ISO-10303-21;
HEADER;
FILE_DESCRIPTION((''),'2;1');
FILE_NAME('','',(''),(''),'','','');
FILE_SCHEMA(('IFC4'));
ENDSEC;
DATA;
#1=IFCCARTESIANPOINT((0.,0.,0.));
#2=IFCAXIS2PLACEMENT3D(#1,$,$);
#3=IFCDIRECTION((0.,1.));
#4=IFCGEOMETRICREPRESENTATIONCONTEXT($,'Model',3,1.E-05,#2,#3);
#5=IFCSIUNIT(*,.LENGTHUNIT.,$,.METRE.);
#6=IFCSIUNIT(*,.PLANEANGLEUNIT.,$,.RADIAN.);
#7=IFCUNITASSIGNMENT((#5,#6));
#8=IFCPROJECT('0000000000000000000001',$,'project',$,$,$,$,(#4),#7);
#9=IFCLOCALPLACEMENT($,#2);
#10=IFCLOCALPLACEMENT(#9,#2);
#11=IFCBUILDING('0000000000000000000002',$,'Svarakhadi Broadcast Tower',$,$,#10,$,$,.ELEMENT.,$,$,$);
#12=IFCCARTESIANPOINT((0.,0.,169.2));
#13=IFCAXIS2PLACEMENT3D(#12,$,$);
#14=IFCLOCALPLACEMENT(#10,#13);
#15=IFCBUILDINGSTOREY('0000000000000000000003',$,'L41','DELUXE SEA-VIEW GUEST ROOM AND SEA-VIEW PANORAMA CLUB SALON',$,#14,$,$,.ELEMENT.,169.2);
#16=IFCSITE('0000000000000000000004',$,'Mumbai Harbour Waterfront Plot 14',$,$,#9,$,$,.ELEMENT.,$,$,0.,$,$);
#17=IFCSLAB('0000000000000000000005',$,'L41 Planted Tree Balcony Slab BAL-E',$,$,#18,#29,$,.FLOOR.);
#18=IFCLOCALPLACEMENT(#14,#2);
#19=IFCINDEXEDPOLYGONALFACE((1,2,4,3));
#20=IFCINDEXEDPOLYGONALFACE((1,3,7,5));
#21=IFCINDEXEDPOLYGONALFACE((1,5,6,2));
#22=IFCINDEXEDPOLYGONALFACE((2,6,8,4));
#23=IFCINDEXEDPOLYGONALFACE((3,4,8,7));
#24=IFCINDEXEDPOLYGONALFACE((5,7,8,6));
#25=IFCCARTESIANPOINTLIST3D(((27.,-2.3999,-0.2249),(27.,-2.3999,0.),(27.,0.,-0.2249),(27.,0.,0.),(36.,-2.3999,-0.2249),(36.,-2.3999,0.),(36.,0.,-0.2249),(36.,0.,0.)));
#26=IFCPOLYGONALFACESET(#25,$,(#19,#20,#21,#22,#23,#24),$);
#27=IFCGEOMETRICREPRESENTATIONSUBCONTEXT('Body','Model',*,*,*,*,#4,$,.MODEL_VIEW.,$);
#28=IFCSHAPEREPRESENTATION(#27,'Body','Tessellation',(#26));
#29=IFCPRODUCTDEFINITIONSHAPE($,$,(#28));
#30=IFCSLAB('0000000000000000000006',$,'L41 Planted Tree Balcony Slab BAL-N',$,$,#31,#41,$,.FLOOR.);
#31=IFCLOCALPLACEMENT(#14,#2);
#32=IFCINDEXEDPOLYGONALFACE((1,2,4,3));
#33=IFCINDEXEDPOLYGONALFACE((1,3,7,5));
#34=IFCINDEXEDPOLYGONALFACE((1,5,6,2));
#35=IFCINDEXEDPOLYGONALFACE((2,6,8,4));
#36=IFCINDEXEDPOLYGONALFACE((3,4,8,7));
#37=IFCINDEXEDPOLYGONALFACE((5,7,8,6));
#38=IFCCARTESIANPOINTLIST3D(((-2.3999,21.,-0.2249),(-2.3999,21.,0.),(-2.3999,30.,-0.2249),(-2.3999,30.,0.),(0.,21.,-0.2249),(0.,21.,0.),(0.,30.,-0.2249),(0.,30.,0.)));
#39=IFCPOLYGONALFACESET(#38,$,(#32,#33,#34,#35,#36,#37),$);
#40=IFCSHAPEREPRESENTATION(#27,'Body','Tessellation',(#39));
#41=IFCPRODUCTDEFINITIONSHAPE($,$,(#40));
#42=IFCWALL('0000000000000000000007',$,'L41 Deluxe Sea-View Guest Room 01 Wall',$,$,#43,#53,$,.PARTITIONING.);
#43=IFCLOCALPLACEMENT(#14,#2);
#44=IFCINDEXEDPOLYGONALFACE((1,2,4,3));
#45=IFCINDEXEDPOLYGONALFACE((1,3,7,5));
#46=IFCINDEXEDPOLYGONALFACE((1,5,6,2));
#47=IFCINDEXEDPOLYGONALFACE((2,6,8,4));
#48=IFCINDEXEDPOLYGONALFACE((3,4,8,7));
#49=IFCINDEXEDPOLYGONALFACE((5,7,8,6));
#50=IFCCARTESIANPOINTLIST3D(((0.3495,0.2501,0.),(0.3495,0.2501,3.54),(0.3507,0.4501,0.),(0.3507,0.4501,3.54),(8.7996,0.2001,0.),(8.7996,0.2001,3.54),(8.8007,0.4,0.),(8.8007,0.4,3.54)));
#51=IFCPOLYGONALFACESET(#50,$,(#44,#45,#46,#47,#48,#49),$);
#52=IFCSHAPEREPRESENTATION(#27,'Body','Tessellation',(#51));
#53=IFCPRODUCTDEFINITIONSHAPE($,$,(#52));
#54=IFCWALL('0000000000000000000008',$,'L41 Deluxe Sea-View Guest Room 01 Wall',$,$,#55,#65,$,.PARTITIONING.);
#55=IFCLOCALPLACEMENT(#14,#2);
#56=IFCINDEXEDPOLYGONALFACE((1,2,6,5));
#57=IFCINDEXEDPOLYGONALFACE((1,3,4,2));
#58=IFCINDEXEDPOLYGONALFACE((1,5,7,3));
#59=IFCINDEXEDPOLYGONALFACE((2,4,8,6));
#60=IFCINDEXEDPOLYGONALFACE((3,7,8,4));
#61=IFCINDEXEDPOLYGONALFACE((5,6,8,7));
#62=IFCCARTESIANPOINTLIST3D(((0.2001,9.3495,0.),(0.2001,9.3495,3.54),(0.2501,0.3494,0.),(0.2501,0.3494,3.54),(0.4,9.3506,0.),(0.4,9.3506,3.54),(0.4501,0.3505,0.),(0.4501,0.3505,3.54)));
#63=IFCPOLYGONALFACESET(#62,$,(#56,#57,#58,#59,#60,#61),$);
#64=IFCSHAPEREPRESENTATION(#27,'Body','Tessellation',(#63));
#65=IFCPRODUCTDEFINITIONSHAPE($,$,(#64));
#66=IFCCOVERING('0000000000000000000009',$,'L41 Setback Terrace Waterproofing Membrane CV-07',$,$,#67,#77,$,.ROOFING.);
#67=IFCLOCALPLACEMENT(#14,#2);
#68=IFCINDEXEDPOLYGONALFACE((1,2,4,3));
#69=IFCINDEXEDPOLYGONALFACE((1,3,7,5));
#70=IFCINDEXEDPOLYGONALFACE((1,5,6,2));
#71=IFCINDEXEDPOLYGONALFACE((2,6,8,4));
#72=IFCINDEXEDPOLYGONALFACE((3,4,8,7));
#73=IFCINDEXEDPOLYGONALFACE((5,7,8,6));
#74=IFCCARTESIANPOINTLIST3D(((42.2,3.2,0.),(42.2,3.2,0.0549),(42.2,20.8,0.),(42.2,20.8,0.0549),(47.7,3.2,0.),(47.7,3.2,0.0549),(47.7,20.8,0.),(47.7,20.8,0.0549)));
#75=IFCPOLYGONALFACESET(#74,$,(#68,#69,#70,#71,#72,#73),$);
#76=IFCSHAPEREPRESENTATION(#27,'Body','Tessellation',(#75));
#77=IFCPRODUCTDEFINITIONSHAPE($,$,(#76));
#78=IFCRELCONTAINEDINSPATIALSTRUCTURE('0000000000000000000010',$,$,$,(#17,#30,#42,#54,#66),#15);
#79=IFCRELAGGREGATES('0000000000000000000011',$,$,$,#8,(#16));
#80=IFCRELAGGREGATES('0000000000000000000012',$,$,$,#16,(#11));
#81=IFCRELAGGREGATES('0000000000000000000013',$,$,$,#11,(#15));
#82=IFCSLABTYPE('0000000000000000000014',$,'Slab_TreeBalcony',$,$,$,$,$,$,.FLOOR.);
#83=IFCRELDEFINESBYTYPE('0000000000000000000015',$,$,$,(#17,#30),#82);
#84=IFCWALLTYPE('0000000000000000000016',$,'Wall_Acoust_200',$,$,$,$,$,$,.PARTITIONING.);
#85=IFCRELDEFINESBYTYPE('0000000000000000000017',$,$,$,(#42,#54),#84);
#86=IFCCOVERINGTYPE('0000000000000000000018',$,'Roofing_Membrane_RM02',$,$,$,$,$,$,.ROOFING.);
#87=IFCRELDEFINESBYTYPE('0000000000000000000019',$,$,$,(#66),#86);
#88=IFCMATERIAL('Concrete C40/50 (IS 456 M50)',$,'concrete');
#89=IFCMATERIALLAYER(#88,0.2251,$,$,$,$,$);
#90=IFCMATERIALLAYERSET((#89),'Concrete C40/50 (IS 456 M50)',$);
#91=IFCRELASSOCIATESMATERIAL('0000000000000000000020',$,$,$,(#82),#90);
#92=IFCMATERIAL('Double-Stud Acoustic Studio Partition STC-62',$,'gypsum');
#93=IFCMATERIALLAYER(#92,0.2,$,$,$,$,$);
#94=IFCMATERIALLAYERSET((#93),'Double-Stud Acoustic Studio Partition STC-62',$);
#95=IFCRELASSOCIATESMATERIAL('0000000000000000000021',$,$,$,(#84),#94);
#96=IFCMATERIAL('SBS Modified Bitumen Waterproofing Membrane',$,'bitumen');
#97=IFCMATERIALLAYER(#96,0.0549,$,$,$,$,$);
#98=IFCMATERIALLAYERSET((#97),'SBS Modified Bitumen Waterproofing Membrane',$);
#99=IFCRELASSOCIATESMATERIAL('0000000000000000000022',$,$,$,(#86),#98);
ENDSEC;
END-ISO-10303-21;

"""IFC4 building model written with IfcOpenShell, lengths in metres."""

from ifc_helpers import new_model, si_unit, direction, frame, frame_2d, origin, place, context, subcontext, project, spatial, polyline, rectangle, outline, extrude, material, layer, layer_set, type_object, element, save


model = new_model("IFC4")

# Units and contexts
model_context = context("Model", 3, precision=1e-05, world=origin(), true_north=direction((0.0, 1.0)))
body_context = subcontext(model_context, "Body", "Model", "MODEL_VIEW")
ifc_project = project(units=[si_unit("LENGTHUNIT", "METRE"), si_unit("PLANEANGLEUNIT", "RADIAN")], contexts=[model_context])

# Site, building, storey
site_placement = place(None, origin())
site = spatial("IfcSite", under=ifc_project, at=site_placement, Name="Mumbai Harbour Waterfront Plot 14", CompositionType="ELEMENT", RefElevation=0.0)
building_placement = place(site_placement, origin())
building = spatial("IfcBuilding", under=site, at=building_placement, Name="Svarakhadi Broadcast Tower", CompositionType="ELEMENT")
storey_placement = place(building_placement, frame((0.0, 0.0, 169.2)))
storey = spatial("IfcBuildingStorey", under=building, at=storey_placement, Name="L41", Description="DELUXE SEA-VIEW GUEST ROOM AND SEA-VIEW PANORAMA CLUB SALON", CompositionType="ELEMENT", Elevation=169.2)

# Shared definitions
ifc_material_1 = material(Name="Concrete C40/50 (IS 456 M50)", Category="concrete")

# Slabs
ifc_layer_1 = layer(ifc_material_1, 0.2251)
ifc_layer_set_1 = layer_set([ifc_layer_1], Name="Concrete C40/50 (IS 456 M50)")
slab_type_1 = type_object("IfcSlabType", Name="Slab_TreeBalcony", PredefinedType="FLOOR", material=ifc_layer_set_1)
slab_1_placement = place(storey_placement, frame((0.0, 0.0, -0.2249)))
element("IfcSlab", 1, at=slab_1_placement, inside=storey, type_object=slab_type_1, Name="L41 Planted Tree Balcony Slab BAL-E", PredefinedType="FLOOR", context=body_context, shape_type="SweptSolid", body=[
    extrude(outline(polyline([(27.0, -2.3999), (36.0, -2.3999), (36.0, 0.0), (27.0, 0.0), (27.0, -2.3999)])), origin(), (0.0, 0.0, 1.0), 0.2249),
])
slab_2_placement = place(storey_placement, frame((0.0, 0.0, -0.2249)))
element("IfcSlab", 2, at=slab_2_placement, inside=storey, type_object=slab_type_1, Name="L41 Planted Tree Balcony Slab BAL-N", PredefinedType="FLOOR", context=body_context, shape_type="SweptSolid", body=[
    extrude(outline(polyline([(-2.3999, 21.0), (0.0, 21.0), (0.0, 30.0), (-2.3999, 30.0), (-2.3999, 21.0)])), origin(), (0.0, 0.0, 1.0), 0.2249),
])

# Walls
ifc_material_2 = material(Name="Double-Stud Acoustic Studio Partition STC-62", Category="gypsum")
ifc_layer_2 = layer(ifc_material_2, 0.2)
ifc_layer_set_2 = layer_set([ifc_layer_2], Name="Double-Stud Acoustic Studio Partition STC-62")
wall_type = type_object("IfcWallType", Name="Wall_Acoust_200", PredefinedType="PARTITIONING", material=ifc_layer_set_2)
wall_1_placement = place(storey_placement, frame((0.3501, 0.3501, 0.0), z_axis=(0.0, 0.0, 1.0), x_axis=(0.999982, -0.005923, 0.0)))
element("IfcWall", 3, at=wall_1_placement, inside=storey, type_object=wall_type, Name="L41 Deluxe Sea-View Guest Room 01 Wall", PredefinedType="PARTITIONING", context=body_context, shape_type="SweptSolid", body=[
    extrude(rectangle(XDim=8.4502, YDim=0.2, at=frame_2d((4.2251, 0.0))), origin(), (0.0, 0.0, 1.0), 3.54),
])
wall_2_placement = place(storey_placement, frame((0.3501, 0.3501, 0.0), z_axis=(0.0, 0.0, 1.0), x_axis=(-0.005561, 0.999985, 0.0)))
element("IfcWall", 4, at=wall_2_placement, inside=storey, type_object=wall_type, Name="L41 Deluxe Sea-View Guest Room 01 Wall", PredefinedType="PARTITIONING", context=body_context, shape_type="SweptSolid", body=[
    extrude(rectangle(XDim=9.0002, YDim=0.2, at=frame_2d((4.5, 0.0))), origin(), (0.0, 0.0, 1.0), 3.54),
])

# Covering
ifc_material_3 = material(Name="SBS Modified Bitumen Waterproofing Membrane", Category="bitumen")
ifc_layer_3 = layer(ifc_material_3, 0.0549)
ifc_layer_set_3 = layer_set([ifc_layer_3], Name="SBS Modified Bitumen Waterproofing Membrane")
covering_type = type_object("IfcCoveringType", Name="Roofing_Membrane_RM02", PredefinedType="ROOFING", material=ifc_layer_set_3)
covering_placement = place(storey_placement, origin())
element("IfcCovering", 5, at=covering_placement, inside=storey, type_object=covering_type, Name="L41 Setback Terrace Waterproofing Membrane CV-07", PredefinedType="ROOFING", context=body_context, shape_type="SweptSolid", body=[
    extrude(outline(polyline([(42.2, 3.2), (47.7, 3.2), (47.7, 20.8), (42.2, 20.8), (42.2, 3.2)])), origin(), (0.0, 0.0, 1.0), 0.0549),
])

save(model, "model.ifc")
